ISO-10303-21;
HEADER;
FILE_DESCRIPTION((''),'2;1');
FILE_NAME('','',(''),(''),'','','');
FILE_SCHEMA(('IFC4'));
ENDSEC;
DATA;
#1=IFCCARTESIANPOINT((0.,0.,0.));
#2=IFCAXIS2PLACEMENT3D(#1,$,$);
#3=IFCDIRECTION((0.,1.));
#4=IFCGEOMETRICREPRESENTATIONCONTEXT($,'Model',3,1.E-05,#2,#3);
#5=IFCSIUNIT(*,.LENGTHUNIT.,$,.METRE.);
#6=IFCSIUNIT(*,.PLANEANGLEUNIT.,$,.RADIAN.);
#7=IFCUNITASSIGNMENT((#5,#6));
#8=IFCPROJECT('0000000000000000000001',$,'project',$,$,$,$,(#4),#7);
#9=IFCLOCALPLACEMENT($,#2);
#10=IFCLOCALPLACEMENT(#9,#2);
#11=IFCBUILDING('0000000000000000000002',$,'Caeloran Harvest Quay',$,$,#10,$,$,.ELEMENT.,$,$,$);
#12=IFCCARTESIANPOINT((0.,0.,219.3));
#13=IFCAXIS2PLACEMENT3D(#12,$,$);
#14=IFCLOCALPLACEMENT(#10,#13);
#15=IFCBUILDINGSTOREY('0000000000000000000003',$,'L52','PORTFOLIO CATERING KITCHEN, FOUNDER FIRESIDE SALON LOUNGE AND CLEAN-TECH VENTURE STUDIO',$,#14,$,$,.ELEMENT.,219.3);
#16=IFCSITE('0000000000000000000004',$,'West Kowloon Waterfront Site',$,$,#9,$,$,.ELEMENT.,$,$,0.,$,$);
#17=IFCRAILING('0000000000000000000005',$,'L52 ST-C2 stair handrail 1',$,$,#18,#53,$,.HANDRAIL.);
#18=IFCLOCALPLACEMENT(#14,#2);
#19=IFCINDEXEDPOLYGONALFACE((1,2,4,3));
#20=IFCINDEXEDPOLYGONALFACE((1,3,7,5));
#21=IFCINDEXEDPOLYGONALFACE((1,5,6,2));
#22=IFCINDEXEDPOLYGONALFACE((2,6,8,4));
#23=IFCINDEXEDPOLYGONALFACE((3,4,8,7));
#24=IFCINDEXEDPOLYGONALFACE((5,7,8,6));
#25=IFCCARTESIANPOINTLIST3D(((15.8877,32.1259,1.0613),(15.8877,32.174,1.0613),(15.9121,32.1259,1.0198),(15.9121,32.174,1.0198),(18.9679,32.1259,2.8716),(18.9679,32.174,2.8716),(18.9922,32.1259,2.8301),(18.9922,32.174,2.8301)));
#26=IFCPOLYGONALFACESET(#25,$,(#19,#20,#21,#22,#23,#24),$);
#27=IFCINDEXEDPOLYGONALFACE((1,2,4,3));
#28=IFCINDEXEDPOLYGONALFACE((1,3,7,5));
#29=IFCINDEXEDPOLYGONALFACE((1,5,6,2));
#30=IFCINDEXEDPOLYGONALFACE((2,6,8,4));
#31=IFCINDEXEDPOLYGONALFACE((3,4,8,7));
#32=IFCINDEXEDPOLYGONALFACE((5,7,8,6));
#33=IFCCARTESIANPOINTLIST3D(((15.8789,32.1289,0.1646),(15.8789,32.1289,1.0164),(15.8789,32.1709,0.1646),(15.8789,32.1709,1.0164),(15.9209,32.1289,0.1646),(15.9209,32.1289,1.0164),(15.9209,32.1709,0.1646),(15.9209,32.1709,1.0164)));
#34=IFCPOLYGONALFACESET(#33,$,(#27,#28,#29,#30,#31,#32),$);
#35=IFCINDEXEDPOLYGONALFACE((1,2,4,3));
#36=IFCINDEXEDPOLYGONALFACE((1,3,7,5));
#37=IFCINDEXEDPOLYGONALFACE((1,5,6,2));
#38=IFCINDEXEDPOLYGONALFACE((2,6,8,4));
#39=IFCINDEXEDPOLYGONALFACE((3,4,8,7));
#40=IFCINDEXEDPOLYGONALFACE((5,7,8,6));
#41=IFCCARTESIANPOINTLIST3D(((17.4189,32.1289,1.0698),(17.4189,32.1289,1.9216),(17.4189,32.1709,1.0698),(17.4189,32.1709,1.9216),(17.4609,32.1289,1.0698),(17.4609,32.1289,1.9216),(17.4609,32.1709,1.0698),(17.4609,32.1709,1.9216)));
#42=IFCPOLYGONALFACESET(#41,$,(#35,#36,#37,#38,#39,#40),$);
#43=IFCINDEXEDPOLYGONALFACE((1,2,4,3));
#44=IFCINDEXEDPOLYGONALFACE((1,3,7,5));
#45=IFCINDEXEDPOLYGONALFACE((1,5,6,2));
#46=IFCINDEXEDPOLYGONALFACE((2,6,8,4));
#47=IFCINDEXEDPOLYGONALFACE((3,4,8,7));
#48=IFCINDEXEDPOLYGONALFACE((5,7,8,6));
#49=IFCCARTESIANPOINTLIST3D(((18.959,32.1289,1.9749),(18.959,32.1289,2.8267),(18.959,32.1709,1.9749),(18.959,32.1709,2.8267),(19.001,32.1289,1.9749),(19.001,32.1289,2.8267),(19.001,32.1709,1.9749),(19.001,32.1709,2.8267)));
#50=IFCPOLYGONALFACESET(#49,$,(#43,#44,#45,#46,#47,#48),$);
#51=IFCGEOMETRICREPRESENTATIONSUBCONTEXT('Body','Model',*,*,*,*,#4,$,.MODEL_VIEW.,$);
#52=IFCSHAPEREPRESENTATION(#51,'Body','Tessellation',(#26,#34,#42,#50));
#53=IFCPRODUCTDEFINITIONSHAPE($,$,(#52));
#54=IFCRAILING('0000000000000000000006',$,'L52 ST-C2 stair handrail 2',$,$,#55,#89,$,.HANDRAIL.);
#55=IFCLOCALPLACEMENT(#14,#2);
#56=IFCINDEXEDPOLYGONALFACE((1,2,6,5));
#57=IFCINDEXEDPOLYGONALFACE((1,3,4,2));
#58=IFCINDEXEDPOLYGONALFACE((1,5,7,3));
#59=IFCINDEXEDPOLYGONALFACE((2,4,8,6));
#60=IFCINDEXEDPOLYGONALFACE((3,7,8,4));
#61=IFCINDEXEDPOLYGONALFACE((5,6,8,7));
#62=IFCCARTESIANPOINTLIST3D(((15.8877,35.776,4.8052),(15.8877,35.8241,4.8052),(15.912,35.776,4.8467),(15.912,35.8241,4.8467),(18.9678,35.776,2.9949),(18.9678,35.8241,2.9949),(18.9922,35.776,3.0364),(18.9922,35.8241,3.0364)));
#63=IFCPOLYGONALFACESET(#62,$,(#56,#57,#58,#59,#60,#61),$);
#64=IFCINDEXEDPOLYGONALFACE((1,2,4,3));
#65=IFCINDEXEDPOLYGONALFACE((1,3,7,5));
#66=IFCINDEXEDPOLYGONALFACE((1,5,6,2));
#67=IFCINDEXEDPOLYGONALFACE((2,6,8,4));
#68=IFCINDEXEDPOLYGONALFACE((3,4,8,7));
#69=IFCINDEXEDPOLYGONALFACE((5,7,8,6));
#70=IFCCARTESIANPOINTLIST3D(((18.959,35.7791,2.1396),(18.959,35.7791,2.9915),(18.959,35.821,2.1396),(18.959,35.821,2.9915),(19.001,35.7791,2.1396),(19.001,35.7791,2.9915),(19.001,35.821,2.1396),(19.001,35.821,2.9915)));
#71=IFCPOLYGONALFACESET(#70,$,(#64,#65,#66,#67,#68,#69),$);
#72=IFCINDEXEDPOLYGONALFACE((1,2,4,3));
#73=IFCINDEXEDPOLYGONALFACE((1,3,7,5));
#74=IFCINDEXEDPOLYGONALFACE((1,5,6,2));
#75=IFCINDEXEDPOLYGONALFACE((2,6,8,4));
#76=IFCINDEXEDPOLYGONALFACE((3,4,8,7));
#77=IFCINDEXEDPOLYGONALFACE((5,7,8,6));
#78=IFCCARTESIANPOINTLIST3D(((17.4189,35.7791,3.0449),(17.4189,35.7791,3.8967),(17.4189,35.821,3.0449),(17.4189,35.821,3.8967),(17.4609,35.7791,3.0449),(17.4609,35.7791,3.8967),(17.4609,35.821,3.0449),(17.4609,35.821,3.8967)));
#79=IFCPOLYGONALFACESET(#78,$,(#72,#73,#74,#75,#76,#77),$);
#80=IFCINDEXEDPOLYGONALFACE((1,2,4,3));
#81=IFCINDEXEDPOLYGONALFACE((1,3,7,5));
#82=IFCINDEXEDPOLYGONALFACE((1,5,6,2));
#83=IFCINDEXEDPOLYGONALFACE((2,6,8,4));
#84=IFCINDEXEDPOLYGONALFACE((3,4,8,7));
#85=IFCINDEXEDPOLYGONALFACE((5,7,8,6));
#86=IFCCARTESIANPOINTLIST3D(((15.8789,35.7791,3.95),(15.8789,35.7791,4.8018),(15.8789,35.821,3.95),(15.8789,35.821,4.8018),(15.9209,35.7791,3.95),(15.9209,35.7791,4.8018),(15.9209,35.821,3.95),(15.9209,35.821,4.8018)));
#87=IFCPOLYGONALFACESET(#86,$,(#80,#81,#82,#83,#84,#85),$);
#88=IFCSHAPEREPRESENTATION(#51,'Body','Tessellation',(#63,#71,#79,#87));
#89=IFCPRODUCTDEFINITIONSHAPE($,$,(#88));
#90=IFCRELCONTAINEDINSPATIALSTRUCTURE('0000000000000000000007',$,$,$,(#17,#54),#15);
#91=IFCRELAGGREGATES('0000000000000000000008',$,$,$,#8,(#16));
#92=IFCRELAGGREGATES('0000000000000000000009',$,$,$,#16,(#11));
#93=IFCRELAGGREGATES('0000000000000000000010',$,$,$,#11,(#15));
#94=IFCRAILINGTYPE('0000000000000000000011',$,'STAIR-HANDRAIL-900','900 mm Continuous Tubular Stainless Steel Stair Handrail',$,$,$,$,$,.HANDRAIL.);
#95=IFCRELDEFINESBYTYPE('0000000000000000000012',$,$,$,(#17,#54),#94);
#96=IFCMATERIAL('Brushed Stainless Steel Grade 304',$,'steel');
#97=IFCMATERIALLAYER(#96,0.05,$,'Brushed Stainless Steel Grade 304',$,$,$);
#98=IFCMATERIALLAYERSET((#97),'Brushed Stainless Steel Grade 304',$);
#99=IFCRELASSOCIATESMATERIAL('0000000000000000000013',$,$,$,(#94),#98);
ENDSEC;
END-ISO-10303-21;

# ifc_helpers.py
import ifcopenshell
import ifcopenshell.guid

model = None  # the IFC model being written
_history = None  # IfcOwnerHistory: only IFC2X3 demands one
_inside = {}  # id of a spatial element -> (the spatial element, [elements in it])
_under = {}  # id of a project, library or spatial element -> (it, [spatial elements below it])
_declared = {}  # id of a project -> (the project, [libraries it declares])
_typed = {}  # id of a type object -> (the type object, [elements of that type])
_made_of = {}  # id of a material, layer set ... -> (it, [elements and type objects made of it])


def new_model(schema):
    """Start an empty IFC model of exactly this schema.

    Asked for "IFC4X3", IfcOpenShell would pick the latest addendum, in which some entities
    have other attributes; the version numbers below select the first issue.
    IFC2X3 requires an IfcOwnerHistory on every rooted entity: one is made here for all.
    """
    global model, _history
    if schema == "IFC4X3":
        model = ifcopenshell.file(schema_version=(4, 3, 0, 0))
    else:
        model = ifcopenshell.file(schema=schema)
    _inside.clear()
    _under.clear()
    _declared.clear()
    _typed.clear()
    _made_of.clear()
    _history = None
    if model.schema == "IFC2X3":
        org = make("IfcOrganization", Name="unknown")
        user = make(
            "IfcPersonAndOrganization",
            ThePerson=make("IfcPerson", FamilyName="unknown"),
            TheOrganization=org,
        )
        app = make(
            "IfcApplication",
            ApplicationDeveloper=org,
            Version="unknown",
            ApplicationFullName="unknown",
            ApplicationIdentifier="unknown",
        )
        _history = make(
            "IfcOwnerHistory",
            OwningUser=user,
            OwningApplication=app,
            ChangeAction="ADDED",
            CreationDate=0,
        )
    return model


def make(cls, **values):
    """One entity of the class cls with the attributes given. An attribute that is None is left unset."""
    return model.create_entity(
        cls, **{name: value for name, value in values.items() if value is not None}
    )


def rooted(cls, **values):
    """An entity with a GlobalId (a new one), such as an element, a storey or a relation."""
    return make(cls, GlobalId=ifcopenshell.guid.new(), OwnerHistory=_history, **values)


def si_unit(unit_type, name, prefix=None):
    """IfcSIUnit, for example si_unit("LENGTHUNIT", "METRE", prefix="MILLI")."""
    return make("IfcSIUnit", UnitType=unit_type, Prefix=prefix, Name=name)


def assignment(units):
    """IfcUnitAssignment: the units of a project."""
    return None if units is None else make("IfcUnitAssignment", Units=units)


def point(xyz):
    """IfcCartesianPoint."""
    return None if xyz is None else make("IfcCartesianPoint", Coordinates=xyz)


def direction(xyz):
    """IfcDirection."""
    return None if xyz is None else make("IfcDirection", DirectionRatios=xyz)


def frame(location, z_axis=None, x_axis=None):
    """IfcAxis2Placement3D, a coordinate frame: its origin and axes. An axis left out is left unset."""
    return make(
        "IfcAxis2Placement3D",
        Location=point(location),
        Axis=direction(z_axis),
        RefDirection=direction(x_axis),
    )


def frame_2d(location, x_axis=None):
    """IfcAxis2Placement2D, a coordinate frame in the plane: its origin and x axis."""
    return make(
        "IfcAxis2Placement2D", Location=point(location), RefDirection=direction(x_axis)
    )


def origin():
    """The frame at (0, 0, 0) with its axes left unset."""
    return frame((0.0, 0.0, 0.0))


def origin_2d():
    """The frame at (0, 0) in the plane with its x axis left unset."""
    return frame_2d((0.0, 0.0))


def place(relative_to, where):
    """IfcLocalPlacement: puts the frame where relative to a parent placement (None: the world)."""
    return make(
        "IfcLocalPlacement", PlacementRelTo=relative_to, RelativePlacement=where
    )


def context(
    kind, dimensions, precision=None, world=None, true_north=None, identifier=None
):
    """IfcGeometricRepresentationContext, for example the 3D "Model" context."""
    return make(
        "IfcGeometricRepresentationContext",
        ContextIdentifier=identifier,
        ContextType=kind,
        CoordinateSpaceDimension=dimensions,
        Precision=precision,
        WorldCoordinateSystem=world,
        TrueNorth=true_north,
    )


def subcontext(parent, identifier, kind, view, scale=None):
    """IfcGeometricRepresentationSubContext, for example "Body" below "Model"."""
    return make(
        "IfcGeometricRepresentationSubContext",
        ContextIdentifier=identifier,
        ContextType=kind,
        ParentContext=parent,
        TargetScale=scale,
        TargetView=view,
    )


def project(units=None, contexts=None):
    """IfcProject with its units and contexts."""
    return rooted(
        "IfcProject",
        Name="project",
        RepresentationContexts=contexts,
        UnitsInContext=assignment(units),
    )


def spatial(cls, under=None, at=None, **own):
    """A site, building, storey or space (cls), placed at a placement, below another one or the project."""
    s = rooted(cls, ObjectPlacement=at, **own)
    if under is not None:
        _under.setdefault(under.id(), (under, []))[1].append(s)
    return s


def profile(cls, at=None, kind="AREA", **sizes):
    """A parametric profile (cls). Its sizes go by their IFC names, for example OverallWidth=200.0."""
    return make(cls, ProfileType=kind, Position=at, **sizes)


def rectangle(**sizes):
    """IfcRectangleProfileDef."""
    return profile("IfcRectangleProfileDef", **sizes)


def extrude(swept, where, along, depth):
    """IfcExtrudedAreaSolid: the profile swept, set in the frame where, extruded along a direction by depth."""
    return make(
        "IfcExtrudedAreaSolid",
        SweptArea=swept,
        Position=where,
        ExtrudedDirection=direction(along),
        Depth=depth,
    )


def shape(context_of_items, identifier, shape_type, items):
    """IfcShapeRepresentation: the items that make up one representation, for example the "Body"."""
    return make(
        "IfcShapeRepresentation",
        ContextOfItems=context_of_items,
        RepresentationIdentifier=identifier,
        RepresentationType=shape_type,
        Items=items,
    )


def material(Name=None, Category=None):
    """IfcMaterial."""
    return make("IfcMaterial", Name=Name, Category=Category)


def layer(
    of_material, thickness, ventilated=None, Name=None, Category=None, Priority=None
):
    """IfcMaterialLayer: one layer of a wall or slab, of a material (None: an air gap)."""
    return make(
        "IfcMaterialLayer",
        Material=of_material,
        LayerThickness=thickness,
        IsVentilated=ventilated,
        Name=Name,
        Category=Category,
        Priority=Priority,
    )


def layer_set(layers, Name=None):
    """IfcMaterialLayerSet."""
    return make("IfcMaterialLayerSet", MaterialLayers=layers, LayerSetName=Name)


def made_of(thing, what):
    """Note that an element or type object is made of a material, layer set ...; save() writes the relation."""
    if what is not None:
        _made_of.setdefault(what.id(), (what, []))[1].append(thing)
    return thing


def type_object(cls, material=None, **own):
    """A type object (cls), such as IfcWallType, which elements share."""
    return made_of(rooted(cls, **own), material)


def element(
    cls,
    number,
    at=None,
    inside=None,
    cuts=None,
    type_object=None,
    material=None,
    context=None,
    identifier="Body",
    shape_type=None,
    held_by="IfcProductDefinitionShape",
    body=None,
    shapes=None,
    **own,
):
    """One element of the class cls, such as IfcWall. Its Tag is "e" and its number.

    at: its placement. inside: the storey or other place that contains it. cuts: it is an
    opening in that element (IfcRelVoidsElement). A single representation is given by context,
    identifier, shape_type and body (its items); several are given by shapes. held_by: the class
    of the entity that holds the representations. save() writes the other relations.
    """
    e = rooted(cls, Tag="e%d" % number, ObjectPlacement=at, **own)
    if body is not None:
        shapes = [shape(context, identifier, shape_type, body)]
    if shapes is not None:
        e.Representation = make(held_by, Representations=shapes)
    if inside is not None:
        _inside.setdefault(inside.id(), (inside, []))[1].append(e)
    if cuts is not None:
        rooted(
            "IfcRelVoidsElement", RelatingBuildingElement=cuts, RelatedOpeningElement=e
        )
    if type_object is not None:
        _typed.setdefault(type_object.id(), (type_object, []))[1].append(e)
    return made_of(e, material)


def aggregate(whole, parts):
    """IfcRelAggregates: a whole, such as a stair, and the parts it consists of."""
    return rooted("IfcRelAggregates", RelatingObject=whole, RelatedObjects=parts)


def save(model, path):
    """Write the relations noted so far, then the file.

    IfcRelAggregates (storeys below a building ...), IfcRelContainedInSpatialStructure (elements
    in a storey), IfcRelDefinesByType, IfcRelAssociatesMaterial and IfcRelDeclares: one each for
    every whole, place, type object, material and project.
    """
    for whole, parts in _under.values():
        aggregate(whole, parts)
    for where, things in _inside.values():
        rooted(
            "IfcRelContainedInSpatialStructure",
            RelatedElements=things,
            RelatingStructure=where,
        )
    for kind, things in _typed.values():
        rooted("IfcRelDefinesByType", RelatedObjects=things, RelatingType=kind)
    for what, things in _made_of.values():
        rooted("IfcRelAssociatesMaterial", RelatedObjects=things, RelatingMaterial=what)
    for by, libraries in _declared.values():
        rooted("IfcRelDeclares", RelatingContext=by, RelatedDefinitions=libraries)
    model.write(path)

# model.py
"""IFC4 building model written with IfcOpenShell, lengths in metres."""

from ifc_helpers import new_model, si_unit, direction, frame, origin, origin_2d, place, context, subcontext, project, spatial, rectangle, extrude, material, layer, layer_set, type_object, element, save


model = new_model("IFC4")

# Units and contexts
model_context = context("Model", 3, precision=1e-05, world=origin(), true_north=direction((0.0, 1.0)))
body_context = subcontext(model_context, "Body", "Model", "MODEL_VIEW")
ifc_project = project(units=[si_unit("LENGTHUNIT", "METRE"), si_unit("PLANEANGLEUNIT", "RADIAN")], contexts=[model_context])

# Site, building, storey
site_placement = place(None, origin())
site = spatial("IfcSite", under=ifc_project, at=site_placement, Name="West Kowloon Waterfront Site", CompositionType="ELEMENT", RefElevation=0.0)
building_placement = place(site_placement, origin())
building = spatial("IfcBuilding", under=site, at=building_placement, Name="Caeloran Harvest Quay", CompositionType="ELEMENT")
storey_placement = place(building_placement, frame((0.0, 0.0, 219.3)))
storey = spatial("IfcBuildingStorey", under=building, at=storey_placement, Name="L52", Description="PORTFOLIO CATERING KITCHEN, FOUNDER FIRESIDE SALON LOUNGE AND CLEAN-TECH VENTURE STUDIO", CompositionType="ELEMENT", Elevation=219.3)

# Railings
ifc_material_1 = material(Name="Brushed Stainless Steel Grade 304", Category="steel")
ifc_layer_1 = layer(ifc_material_1, 0.05, Name="Brushed Stainless Steel Grade 304")
ifc_layer_set_1 = layer_set([ifc_layer_1], Name="Brushed Stainless Steel Grade 304")
railing_type_1 = type_object("IfcRailingType", Name="STAIR-HANDRAIL-900", Description="900 mm Continuous Tubular Stainless Steel Stair Handrail", PredefinedType="HANDRAIL", material=ifc_layer_set_1)
railing_1_placement = place(storey_placement, frame((15.8999, 32.1499, 0.1646)))
element("IfcRailing", 1, at=railing_1_placement, inside=storey, type_object=railing_type_1, Name="L52 ST-C2 stair handrail 1", PredefinedType="HANDRAIL", context=body_context, shape_type="SweptSolid", body=[
    extrude(rectangle(XDim=0.0481, YDim=0.0481, at=origin_2d()), frame((0.0, 0.0, 0.876), z_axis=(0.862119, 0.0, 0.506707), x_axis=(0.0, 1.0, 0.0)), (0.0, 0.0, 1.0), 3.5728),
    extrude(rectangle(XDim=0.042, YDim=0.042, at=origin_2d()), origin(), (0.0, 0.0, 1.0), 0.8518),
    extrude(rectangle(XDim=0.042, YDim=0.042, at=origin_2d()), frame((1.54, 0.0, 0.9053)), (0.0, 0.0, 1.0), 0.8518),
    extrude(rectangle(XDim=0.042, YDim=0.042, at=origin_2d()), frame((3.0801, 0.0, 1.8103)), (0.0, 0.0, 1.0), 0.8518),
])
railing_2_placement = place(storey_placement, frame((18.98, 35.8, 2.1396)))
element("IfcRailing", 2, at=railing_2_placement, inside=storey, type_object=railing_type_1, Name="L52 ST-C2 stair handrail 2", PredefinedType="HANDRAIL", context=body_context, shape_type="SweptSolid", body=[
    extrude(rectangle(XDim=0.0481, YDim=0.0481, at=origin_2d()), frame((0.0, 0.0, 0.876), z_axis=(-0.862119, 0.0, 0.506707), x_axis=(0.0, -1.0, 0.0)), (0.0, 0.0, 1.0), 3.5728),
    extrude(rectangle(XDim=0.042, YDim=0.042, at=origin_2d()), origin(), (0.0, 0.0, 1.0), 0.8518),
    extrude(rectangle(XDim=0.042, YDim=0.042, at=origin_2d()), frame((-1.54, 0.0, 0.9053)), (0.0, 0.0, 1.0), 0.8518),
    extrude(rectangle(XDim=0.042, YDim=0.042, at=origin_2d()), frame((-3.0801, 0.0, 1.8103)), (0.0, 0.0, 1.0), 0.8518),
])

save(model, "model.ifc")
